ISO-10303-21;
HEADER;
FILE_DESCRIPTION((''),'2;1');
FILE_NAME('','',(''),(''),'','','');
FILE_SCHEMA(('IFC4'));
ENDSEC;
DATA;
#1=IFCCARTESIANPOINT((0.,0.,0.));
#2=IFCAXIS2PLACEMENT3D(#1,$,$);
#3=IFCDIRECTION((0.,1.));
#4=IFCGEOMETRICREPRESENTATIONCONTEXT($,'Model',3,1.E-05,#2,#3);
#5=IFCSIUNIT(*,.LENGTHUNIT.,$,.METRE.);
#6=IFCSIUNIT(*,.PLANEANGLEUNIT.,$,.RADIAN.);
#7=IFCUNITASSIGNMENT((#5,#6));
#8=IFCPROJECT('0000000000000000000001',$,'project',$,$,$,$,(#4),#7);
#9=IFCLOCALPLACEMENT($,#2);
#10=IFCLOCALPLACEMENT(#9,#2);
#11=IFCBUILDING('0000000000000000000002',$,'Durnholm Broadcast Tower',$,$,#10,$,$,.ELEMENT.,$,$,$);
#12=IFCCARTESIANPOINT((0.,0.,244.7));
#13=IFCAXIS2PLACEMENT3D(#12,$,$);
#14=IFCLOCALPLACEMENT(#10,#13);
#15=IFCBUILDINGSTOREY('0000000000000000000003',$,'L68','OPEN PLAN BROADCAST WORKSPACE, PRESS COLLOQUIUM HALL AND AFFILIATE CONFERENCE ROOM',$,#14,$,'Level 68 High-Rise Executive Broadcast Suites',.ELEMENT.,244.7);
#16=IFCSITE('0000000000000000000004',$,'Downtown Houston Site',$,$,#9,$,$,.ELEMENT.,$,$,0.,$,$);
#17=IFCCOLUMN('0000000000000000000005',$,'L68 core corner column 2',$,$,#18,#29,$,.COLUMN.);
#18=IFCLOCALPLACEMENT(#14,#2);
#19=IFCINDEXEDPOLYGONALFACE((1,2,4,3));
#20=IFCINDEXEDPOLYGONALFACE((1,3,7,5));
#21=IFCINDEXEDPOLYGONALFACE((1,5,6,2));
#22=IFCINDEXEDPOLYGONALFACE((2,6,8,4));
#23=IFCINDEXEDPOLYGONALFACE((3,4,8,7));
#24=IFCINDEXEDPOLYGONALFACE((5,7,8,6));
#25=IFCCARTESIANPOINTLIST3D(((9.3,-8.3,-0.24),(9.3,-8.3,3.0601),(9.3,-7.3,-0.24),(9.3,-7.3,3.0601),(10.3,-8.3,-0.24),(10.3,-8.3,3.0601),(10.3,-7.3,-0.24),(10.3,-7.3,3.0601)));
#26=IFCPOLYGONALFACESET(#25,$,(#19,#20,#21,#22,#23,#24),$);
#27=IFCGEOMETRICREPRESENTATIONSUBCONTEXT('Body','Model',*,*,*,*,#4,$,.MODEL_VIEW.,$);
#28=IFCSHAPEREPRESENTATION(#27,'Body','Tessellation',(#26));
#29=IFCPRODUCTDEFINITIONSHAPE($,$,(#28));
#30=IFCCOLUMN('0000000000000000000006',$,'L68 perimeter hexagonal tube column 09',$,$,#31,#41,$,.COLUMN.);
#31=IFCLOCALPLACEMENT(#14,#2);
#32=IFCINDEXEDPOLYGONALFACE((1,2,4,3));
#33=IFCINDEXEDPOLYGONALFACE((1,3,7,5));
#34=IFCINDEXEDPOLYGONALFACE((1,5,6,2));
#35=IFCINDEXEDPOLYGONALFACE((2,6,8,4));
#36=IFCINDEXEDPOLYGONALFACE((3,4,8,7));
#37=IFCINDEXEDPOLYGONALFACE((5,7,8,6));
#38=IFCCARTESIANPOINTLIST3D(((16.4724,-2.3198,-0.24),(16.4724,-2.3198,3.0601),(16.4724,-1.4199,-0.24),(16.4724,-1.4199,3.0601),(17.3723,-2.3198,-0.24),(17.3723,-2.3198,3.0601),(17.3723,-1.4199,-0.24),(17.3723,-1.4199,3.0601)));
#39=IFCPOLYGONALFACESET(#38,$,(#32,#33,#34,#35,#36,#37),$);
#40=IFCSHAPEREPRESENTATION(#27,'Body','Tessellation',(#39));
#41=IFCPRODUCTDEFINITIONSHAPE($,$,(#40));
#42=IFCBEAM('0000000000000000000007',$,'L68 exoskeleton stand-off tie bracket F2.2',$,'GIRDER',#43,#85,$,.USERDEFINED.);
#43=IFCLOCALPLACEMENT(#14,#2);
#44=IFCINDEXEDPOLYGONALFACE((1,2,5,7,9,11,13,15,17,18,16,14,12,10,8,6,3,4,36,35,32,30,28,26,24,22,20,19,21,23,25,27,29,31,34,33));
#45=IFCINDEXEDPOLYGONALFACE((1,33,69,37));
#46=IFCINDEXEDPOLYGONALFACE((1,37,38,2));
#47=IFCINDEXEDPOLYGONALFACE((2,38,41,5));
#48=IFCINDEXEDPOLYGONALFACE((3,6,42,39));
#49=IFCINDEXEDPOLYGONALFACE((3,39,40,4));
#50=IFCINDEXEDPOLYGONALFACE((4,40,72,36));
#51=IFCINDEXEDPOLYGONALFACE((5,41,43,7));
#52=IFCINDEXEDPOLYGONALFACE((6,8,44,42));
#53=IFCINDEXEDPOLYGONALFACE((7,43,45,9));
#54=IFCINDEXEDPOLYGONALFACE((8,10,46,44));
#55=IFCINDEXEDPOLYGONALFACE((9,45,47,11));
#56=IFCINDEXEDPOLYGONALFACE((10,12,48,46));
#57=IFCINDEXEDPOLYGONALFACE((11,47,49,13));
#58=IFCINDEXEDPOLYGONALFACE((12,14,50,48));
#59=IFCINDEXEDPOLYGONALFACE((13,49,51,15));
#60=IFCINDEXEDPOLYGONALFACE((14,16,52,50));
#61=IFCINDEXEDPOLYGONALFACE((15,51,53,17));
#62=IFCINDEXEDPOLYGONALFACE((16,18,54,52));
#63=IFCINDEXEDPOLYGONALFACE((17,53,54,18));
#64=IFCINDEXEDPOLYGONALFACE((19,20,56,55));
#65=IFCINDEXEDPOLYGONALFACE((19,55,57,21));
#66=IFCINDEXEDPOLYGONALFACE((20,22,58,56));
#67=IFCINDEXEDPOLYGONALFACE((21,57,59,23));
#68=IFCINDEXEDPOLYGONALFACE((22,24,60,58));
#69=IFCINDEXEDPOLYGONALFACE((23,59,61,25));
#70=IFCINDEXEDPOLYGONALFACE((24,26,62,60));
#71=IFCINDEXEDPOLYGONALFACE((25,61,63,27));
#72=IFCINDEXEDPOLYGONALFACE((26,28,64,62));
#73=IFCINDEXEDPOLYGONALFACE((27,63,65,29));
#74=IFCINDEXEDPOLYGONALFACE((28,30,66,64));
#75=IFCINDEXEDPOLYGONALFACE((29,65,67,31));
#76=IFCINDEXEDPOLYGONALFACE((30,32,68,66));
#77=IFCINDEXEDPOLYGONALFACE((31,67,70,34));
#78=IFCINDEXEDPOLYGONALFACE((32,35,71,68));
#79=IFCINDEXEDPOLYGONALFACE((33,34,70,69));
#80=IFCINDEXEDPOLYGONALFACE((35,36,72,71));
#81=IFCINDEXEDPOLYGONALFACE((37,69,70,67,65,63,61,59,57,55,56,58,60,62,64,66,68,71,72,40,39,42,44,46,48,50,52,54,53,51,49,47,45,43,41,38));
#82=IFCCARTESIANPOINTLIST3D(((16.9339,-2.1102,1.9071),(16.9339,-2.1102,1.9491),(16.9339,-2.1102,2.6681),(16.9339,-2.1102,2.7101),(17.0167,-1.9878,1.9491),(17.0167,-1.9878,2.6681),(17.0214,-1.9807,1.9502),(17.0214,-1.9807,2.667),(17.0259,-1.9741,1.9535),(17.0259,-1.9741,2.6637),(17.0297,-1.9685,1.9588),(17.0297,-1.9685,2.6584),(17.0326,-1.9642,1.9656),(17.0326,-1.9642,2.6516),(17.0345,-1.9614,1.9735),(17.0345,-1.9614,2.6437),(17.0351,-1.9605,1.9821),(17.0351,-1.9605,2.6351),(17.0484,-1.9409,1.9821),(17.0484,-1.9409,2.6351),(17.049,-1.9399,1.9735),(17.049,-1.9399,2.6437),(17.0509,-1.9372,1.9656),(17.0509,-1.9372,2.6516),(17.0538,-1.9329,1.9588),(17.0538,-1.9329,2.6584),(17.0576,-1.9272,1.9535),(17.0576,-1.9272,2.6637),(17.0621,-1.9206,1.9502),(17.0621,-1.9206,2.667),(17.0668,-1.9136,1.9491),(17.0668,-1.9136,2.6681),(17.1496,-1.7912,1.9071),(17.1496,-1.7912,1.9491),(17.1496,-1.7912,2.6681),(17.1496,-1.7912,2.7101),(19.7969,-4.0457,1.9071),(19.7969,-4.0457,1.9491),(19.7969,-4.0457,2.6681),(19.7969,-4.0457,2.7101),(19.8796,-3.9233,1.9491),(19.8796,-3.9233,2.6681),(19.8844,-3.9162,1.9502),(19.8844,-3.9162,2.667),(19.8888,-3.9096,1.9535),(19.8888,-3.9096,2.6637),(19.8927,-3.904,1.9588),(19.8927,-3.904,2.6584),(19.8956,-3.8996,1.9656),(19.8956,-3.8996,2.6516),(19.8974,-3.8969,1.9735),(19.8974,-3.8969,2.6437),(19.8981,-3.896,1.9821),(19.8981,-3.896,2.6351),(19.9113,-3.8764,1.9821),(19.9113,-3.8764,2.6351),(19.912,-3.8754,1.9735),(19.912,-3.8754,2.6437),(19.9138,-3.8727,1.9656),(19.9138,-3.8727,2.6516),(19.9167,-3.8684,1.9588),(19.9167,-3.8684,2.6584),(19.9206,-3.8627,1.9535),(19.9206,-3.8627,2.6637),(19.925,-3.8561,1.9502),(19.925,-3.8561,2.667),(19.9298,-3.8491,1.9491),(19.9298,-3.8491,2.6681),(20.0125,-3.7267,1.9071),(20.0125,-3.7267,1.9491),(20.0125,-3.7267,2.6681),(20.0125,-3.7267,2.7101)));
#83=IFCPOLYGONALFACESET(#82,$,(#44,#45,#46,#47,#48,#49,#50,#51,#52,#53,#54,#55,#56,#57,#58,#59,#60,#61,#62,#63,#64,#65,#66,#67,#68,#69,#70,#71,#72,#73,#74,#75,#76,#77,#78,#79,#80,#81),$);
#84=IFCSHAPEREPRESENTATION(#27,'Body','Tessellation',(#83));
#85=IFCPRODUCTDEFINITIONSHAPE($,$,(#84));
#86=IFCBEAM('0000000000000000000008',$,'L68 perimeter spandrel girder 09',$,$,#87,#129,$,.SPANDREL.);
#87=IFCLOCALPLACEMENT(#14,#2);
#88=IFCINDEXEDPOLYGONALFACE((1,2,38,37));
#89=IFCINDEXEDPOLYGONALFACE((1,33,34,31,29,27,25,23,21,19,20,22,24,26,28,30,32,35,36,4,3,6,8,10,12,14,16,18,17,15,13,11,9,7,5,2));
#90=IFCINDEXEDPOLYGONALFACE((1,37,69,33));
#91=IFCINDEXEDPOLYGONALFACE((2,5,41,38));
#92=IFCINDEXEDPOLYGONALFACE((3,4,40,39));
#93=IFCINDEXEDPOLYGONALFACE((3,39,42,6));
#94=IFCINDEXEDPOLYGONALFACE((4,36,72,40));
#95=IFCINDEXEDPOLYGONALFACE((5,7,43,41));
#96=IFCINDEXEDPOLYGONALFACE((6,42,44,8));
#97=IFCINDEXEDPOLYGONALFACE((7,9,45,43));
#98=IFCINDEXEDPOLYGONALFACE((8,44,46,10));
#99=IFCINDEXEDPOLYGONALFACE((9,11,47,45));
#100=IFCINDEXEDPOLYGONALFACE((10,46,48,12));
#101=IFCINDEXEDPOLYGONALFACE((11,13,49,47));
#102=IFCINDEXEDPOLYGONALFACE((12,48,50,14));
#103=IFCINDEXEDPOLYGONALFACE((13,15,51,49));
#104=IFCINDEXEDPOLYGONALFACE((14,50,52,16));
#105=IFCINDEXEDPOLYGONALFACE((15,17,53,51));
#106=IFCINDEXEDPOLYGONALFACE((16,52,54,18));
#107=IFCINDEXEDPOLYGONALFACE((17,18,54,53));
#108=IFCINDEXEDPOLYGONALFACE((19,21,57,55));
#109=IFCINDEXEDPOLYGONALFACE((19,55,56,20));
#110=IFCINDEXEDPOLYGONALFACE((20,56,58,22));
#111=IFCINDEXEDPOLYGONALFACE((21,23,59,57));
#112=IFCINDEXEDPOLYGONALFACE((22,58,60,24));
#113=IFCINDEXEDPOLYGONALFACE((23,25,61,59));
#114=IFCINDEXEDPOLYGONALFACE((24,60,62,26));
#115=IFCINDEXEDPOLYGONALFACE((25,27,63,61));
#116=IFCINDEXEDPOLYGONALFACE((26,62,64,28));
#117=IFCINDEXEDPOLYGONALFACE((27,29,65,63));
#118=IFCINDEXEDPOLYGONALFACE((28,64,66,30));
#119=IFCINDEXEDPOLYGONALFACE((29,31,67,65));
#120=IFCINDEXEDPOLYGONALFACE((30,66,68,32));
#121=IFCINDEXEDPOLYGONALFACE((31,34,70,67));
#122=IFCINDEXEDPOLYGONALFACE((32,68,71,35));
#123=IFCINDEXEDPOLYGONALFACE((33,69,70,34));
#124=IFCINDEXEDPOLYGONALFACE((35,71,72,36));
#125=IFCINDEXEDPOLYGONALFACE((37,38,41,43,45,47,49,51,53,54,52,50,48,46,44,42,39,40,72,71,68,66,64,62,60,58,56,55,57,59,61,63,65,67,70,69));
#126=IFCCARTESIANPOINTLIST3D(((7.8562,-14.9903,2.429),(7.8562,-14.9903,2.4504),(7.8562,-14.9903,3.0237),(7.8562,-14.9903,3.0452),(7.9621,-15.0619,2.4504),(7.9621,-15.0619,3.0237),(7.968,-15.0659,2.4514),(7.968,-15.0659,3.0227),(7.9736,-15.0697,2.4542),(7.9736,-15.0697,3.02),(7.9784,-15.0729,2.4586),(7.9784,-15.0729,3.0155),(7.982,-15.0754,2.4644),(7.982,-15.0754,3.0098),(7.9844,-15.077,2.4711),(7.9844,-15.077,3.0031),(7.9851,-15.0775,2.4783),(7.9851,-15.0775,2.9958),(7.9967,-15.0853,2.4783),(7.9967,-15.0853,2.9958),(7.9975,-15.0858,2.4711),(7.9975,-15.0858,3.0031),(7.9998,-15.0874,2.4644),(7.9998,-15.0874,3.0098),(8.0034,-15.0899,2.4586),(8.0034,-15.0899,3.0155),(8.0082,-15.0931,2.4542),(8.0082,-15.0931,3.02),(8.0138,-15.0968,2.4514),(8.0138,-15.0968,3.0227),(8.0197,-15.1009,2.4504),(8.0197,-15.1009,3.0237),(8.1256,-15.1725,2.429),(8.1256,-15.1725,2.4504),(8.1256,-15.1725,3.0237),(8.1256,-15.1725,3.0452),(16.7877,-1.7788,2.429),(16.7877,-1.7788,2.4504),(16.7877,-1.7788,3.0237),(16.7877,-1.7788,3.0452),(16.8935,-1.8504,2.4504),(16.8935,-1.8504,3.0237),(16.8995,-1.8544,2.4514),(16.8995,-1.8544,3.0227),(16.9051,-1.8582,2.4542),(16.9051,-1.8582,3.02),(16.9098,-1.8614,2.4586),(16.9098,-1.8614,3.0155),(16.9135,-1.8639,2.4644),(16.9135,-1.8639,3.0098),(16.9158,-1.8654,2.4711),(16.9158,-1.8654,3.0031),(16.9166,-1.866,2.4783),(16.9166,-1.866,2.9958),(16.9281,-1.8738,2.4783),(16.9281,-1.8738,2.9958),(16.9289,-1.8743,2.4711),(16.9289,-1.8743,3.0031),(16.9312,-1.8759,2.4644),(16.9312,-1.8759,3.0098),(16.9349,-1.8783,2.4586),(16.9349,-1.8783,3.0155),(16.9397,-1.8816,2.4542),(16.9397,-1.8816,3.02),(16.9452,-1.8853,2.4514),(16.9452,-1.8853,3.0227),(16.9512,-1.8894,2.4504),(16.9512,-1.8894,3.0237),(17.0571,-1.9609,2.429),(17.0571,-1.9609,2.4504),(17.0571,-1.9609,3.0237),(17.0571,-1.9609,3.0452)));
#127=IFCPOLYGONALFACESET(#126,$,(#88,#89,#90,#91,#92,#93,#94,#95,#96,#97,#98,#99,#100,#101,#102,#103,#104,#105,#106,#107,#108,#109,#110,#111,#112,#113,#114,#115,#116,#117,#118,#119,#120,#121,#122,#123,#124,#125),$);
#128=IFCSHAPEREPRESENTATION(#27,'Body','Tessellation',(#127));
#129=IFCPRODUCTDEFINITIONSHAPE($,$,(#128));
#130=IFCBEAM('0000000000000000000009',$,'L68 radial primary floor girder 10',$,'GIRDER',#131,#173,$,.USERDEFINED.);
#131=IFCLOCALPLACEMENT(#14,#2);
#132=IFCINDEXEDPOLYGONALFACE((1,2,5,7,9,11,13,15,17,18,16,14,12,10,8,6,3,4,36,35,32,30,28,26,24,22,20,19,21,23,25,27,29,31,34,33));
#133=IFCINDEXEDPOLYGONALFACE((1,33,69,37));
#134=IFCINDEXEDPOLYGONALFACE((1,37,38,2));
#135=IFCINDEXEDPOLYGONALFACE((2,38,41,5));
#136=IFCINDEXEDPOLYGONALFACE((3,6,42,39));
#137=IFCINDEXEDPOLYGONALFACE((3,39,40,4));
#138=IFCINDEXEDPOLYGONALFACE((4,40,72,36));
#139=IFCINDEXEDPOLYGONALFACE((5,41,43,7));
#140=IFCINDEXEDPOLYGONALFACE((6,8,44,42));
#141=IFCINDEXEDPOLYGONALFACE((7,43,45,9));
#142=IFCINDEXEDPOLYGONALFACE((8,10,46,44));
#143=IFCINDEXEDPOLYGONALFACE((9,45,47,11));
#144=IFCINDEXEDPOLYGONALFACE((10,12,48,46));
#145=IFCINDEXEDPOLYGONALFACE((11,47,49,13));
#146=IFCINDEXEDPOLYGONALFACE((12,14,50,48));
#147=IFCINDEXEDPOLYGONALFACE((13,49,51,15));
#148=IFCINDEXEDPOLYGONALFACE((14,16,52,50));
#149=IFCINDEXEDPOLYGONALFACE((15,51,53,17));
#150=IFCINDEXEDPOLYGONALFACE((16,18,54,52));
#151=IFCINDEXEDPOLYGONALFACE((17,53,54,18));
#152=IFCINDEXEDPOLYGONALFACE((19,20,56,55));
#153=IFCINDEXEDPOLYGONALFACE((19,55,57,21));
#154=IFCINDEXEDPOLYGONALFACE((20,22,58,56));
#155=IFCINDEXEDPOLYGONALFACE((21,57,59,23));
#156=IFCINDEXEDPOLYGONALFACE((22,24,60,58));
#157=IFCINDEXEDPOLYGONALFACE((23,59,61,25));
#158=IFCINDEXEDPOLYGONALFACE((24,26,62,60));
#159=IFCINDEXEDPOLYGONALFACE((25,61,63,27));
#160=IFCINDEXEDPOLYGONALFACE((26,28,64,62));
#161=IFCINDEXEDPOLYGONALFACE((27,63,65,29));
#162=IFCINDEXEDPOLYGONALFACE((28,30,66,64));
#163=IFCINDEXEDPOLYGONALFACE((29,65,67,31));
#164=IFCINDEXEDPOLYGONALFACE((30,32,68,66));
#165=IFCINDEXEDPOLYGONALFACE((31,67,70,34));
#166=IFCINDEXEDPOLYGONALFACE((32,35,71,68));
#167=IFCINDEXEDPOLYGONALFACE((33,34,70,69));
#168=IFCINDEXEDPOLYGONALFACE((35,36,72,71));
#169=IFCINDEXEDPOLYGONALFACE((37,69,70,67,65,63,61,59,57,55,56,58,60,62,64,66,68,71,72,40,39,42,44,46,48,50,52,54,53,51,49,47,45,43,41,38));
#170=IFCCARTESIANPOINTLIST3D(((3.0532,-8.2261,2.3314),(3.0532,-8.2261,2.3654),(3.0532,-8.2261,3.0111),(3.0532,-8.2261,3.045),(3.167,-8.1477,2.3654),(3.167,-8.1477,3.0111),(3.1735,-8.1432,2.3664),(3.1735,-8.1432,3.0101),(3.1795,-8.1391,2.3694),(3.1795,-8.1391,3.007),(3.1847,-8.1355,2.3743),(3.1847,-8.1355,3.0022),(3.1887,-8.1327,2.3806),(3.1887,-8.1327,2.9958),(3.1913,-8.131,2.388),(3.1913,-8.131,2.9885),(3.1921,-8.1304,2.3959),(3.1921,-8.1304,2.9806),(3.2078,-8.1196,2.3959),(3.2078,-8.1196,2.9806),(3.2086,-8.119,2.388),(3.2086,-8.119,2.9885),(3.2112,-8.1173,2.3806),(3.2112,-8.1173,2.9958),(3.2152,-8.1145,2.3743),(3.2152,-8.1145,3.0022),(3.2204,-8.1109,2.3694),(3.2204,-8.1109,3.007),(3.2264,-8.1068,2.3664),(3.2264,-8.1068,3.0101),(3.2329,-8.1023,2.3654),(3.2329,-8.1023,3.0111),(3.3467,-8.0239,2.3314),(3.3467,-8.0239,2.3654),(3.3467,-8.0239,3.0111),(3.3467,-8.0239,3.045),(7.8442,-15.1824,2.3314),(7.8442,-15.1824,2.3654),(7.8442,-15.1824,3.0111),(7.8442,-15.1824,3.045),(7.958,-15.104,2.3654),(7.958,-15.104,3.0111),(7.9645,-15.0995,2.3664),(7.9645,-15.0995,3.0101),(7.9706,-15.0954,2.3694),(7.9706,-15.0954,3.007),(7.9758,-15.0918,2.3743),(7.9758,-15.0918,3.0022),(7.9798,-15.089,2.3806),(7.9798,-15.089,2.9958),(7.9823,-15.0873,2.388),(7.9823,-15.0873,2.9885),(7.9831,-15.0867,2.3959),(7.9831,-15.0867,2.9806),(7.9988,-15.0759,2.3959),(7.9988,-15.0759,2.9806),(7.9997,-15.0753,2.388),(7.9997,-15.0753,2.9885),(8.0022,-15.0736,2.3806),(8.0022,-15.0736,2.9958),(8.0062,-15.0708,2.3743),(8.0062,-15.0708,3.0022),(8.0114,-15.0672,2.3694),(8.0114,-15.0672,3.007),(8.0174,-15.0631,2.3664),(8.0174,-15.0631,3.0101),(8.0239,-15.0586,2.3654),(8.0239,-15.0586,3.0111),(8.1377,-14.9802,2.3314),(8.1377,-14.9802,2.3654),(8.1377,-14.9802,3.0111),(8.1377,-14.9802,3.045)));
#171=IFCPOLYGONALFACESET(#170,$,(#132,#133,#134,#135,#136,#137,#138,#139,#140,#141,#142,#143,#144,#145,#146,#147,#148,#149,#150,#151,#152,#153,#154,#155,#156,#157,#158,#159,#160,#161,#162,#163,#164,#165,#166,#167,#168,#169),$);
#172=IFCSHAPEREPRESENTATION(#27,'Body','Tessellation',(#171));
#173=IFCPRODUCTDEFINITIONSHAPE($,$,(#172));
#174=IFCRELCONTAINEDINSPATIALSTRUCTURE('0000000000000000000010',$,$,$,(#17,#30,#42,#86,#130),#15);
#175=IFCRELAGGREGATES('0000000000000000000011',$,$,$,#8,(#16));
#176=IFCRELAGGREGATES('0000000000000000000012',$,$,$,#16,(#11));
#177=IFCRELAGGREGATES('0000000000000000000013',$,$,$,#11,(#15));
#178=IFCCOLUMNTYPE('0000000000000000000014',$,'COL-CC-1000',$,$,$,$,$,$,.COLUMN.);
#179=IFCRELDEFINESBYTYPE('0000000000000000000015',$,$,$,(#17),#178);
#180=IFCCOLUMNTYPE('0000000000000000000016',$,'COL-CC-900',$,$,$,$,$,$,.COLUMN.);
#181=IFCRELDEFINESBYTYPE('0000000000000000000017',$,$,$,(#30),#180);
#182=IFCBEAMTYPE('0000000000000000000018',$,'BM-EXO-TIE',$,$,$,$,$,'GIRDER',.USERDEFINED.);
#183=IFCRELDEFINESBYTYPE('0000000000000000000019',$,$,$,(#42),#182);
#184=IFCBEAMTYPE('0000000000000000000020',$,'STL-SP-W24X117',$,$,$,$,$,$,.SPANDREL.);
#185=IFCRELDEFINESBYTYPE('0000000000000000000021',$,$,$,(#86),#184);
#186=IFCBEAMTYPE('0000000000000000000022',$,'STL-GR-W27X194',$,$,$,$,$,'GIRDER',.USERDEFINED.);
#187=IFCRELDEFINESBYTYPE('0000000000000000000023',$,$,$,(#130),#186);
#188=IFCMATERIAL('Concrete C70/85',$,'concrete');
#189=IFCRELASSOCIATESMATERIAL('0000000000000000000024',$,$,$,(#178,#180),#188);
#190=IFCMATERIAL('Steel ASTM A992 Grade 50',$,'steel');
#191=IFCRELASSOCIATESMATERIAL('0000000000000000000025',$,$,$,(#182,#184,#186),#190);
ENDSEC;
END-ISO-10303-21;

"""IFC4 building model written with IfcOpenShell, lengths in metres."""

from ifc_helpers import new_model, si_unit, direction, frame, origin, origin_2d, place, context, subcontext, project, spatial, rectangle, i_section, extrude, source, transform, mapped, material, material_profile, profile_set, type_object, type_shapes, element, save


model = new_model("IFC4")

# Units and contexts
model_context = context("Model", 3, precision=1e-05, world=origin(), true_north=direction((0.0, 1.0)))
body_context = subcontext(model_context, "Body", "Model", "MODEL_VIEW")
ifc_project = project(units=[si_unit("LENGTHUNIT", "METRE"), si_unit("PLANEANGLEUNIT", "RADIAN")], contexts=[model_context])

# Site, building, storey
site_placement = place(None, origin())
site = spatial("IfcSite", under=ifc_project, at=site_placement, Name="Downtown Houston Site", CompositionType="ELEMENT", RefElevation=0.0)
building_placement = place(site_placement, origin())
building = spatial("IfcBuilding", under=site, at=building_placement, Name="Durnholm Broadcast Tower", CompositionType="ELEMENT")
storey_placement = place(building_placement, frame((0.0, 0.0, 244.7)))
storey = spatial("IfcBuildingStorey", under=building, at=storey_placement, Name="L68", Description="OPEN PLAN BROADCAST WORKSPACE, PRESS COLLOQUIUM HALL AND AFFILIATE CONFERENCE ROOM", LongName="Level 68 High-Rise Executive Broadcast Suites", CompositionType="ELEMENT", Elevation=244.7)

# Columns
ifc_material_1 = material(Name="Concrete C70/85", Category="concrete")
ifc_material_profile_1 = material_profile(ifc_material_1, rectangle(XDim=1.0, YDim=1.0, at=origin_2d()), Name="RC1000X1000")
ifc_profile_set_1 = profile_set([ifc_material_profile_1], Name="Concrete C70/85")
column_type_1 = type_object("IfcColumnType", Name="COL-CC-1000", PredefinedType="COLUMN", material=ifc_profile_set_1)
shared_shape_1 = source(origin(), body_context, "Body", "SweptSolid", [
    extrude(rectangle(XDim=1.0, YDim=1.0, at=origin_2d()), origin(), (0.0, 0.0, 1.0), 3.3),
])
type_shapes(column_type_1, [shared_shape_1])
column_1_placement = place(storey_placement, frame((9.8, -7.8, -0.24), z_axis=(0.0, 0.0, 1.0), x_axis=(1.0, 0.0, 0.0)))
element("IfcColumn", 1, at=column_1_placement, inside=storey, type_object=column_type_1, Name="L68 core corner column 2", PredefinedType="COLUMN", context=body_context, shape_type="MappedRepresentation", body=[
    mapped(shared_shape_1, transform((0.0, 0.0, 0.0), x_axis=(1.0, 0.0, 0.0), y_axis=(0.0, 1.0, 0.0), z_axis=(0.0, 0.0, 1.0), scale=1.0)),
])
ifc_material_profile_2 = material_profile(ifc_material_1, rectangle(XDim=0.8999, YDim=0.8999, at=origin_2d()), Name="RC900X900")
ifc_profile_set_2 = profile_set([ifc_material_profile_2], Name="Concrete C70/85")
column_type_2 = type_object("IfcColumnType", Name="COL-CC-900", PredefinedType="COLUMN", material=ifc_profile_set_2)
shared_shape_2 = source(origin(), body_context, "Body", "SweptSolid", [
    extrude(rectangle(XDim=0.8999, YDim=0.8999, at=origin_2d()), origin(), (0.0, 0.0, 1.0), 3.3),
])
type_shapes(column_type_2, [shared_shape_2])
column_2_placement = place(storey_placement, frame((16.9224, -1.8699, -0.24), z_axis=(0.0, 0.0, 1.0), x_axis=(1.0, 0.0, 0.0)))
element("IfcColumn", 2, at=column_2_placement, inside=storey, type_object=column_type_2, Name="L68 perimeter hexagonal tube column 09", PredefinedType="COLUMN", context=body_context, shape_type="MappedRepresentation", body=[
    mapped(shared_shape_2, transform((0.0, 0.0, 0.0), x_axis=(1.0, 0.0, 0.0), y_axis=(0.0, 1.0, 0.0), z_axis=(0.0, 0.0, 1.0), scale=1.0)),
])

# Beams
ifc_material_2 = material(Name="Steel ASTM A992 Grade 50", Category="steel")
ifc_material_profile_3 = material_profile(ifc_material_2, i_section(OverallWidth=0.385, OverallDepth=0.803, WebThickness=0.0237, FlangeThickness=0.042, FilletRadius=0.033, at=origin_2d()), Name="W30X261")
ifc_profile_set_3 = profile_set([ifc_material_profile_3], Name="Steel ASTM A992 Grade 50")
beam_type_1 = type_object("IfcBeamType", Name="BM-EXO-TIE", ElementType="GIRDER", PredefinedType="USERDEFINED", material=ifc_profile_set_3)
shared_shape_3 = source(origin(), body_context, "Body", "SweptSolid", [
    extrude(i_section(OverallWidth=0.385, OverallDepth=0.803, WebThickness=0.0237, FlangeThickness=0.042, FilletRadius=0.033, at=origin_2d()), origin(), (0.0, 0.0, 1.0), 3.4558),
])
type_shapes(beam_type_1, [shared_shape_3])
beam_1_placement = place(storey_placement, frame((17.0417, -1.9507, 2.3086), z_axis=(0.828446, -0.560068, 0.0), x_axis=(0.560068, 0.828446, 0.0)))
element("IfcBeam", 3, at=beam_1_placement, inside=storey, type_object=beam_type_1, Name="L68 exoskeleton stand-off tie bracket F2.2", ObjectType="GIRDER", PredefinedType="USERDEFINED", context=body_context, shape_type="MappedRepresentation", body=[
    mapped(shared_shape_3, transform((0.0, 0.0, 0.0), x_axis=(1.0, 0.0, 0.0), y_axis=(0.0, 1.0, 0.0), z_axis=(0.0, 0.0, 1.0), scale=1.0)),
])
ifc_material_profile_4 = material_profile(ifc_material_2, i_section(OverallWidth=0.3252, OverallDepth=0.6162, WebThickness=0.0139, FlangeThickness=0.0215, FilletRadius=0.0278, at=origin_2d()), Name="W24X117")
ifc_profile_set_4 = profile_set([ifc_material_profile_4], Name="Steel ASTM A992 Grade 50")
beam_type_2 = type_object("IfcBeamType", Name="STL-SP-W24X117", PredefinedType="SPANDREL", material=ifc_profile_set_4)
shared_shape_4 = source(origin(), body_context, "Body", "SweptSolid", [
    extrude(i_section(OverallWidth=0.3252, OverallDepth=0.6162, WebThickness=0.0139, FlangeThickness=0.0215, FilletRadius=0.0278, at=origin_2d()), origin(), (0.0, 0.0, 1.0), 15.9473),
])
type_shapes(beam_type_2, [shared_shape_4])
beam_2_placement = place(storey_placement, frame((16.9224, -1.8699, 2.7371), z_axis=(-0.560062, -0.828451, 0.0), x_axis=(0.828451, -0.560062, 0.0)))
element("IfcBeam", 4, at=beam_2_placement, inside=storey, type_object=beam_type_2, Name="L68 perimeter spandrel girder 09", PredefinedType="SPANDREL", context=body_context, shape_type="MappedRepresentation", body=[
    mapped(shared_shape_4, transform((0.0, 0.0, 0.0), x_axis=(1.0, 0.0, 0.0), y_axis=(0.0, 1.0, 0.0), z_axis=(0.0, 0.0, 1.0), scale=1.0)),
])
ifc_material_profile_5 = material_profile(ifc_material_2, i_section(OverallWidth=0.3564, OverallDepth=0.7136, WebThickness=0.019, FlangeThickness=0.0339, FilletRadius=0.0305, at=origin_2d()), Name="W27X194")
ifc_profile_set_5 = profile_set([ifc_material_profile_5], Name="Steel ASTM A992 Grade 50")
beam_type_3 = type_object("IfcBeamType", Name="STL-GR-W27X194", ElementType="GIRDER", PredefinedType="USERDEFINED", material=ifc_profile_set_5)
shared_shape_5 = source(origin(), body_context, "Body", "SweptSolid", [
    extrude(i_section(OverallWidth=0.3564, OverallDepth=0.7136, WebThickness=0.019, FlangeThickness=0.0339, FilletRadius=0.0305, at=origin_2d()), origin(), (0.0, 0.0, 1.0), 8.4465),
])
beam_3_placement = place(storey_placement, frame((3.2, -8.125, 2.6882), z_axis=(0.567217, -0.823569, 0.0), x_axis=(0.823569, 0.567217, 0.0)))
element("IfcBeam", 5, at=beam_3_placement, inside=storey, type_object=beam_type_3, Name="L68 radial primary floor girder 10", ObjectType="GIRDER", PredefinedType="USERDEFINED", context=body_context, shape_type="MappedRepresentation", body=[
    mapped(shared_shape_5, transform((0.0, 0.0, 0.0), x_axis=(1.0, 0.0, 0.0), y_axis=(0.0, 1.0, 0.0), z_axis=(0.0, 0.0, 1.0), scale=1.0)),
])

save(model, "model.ifc")
